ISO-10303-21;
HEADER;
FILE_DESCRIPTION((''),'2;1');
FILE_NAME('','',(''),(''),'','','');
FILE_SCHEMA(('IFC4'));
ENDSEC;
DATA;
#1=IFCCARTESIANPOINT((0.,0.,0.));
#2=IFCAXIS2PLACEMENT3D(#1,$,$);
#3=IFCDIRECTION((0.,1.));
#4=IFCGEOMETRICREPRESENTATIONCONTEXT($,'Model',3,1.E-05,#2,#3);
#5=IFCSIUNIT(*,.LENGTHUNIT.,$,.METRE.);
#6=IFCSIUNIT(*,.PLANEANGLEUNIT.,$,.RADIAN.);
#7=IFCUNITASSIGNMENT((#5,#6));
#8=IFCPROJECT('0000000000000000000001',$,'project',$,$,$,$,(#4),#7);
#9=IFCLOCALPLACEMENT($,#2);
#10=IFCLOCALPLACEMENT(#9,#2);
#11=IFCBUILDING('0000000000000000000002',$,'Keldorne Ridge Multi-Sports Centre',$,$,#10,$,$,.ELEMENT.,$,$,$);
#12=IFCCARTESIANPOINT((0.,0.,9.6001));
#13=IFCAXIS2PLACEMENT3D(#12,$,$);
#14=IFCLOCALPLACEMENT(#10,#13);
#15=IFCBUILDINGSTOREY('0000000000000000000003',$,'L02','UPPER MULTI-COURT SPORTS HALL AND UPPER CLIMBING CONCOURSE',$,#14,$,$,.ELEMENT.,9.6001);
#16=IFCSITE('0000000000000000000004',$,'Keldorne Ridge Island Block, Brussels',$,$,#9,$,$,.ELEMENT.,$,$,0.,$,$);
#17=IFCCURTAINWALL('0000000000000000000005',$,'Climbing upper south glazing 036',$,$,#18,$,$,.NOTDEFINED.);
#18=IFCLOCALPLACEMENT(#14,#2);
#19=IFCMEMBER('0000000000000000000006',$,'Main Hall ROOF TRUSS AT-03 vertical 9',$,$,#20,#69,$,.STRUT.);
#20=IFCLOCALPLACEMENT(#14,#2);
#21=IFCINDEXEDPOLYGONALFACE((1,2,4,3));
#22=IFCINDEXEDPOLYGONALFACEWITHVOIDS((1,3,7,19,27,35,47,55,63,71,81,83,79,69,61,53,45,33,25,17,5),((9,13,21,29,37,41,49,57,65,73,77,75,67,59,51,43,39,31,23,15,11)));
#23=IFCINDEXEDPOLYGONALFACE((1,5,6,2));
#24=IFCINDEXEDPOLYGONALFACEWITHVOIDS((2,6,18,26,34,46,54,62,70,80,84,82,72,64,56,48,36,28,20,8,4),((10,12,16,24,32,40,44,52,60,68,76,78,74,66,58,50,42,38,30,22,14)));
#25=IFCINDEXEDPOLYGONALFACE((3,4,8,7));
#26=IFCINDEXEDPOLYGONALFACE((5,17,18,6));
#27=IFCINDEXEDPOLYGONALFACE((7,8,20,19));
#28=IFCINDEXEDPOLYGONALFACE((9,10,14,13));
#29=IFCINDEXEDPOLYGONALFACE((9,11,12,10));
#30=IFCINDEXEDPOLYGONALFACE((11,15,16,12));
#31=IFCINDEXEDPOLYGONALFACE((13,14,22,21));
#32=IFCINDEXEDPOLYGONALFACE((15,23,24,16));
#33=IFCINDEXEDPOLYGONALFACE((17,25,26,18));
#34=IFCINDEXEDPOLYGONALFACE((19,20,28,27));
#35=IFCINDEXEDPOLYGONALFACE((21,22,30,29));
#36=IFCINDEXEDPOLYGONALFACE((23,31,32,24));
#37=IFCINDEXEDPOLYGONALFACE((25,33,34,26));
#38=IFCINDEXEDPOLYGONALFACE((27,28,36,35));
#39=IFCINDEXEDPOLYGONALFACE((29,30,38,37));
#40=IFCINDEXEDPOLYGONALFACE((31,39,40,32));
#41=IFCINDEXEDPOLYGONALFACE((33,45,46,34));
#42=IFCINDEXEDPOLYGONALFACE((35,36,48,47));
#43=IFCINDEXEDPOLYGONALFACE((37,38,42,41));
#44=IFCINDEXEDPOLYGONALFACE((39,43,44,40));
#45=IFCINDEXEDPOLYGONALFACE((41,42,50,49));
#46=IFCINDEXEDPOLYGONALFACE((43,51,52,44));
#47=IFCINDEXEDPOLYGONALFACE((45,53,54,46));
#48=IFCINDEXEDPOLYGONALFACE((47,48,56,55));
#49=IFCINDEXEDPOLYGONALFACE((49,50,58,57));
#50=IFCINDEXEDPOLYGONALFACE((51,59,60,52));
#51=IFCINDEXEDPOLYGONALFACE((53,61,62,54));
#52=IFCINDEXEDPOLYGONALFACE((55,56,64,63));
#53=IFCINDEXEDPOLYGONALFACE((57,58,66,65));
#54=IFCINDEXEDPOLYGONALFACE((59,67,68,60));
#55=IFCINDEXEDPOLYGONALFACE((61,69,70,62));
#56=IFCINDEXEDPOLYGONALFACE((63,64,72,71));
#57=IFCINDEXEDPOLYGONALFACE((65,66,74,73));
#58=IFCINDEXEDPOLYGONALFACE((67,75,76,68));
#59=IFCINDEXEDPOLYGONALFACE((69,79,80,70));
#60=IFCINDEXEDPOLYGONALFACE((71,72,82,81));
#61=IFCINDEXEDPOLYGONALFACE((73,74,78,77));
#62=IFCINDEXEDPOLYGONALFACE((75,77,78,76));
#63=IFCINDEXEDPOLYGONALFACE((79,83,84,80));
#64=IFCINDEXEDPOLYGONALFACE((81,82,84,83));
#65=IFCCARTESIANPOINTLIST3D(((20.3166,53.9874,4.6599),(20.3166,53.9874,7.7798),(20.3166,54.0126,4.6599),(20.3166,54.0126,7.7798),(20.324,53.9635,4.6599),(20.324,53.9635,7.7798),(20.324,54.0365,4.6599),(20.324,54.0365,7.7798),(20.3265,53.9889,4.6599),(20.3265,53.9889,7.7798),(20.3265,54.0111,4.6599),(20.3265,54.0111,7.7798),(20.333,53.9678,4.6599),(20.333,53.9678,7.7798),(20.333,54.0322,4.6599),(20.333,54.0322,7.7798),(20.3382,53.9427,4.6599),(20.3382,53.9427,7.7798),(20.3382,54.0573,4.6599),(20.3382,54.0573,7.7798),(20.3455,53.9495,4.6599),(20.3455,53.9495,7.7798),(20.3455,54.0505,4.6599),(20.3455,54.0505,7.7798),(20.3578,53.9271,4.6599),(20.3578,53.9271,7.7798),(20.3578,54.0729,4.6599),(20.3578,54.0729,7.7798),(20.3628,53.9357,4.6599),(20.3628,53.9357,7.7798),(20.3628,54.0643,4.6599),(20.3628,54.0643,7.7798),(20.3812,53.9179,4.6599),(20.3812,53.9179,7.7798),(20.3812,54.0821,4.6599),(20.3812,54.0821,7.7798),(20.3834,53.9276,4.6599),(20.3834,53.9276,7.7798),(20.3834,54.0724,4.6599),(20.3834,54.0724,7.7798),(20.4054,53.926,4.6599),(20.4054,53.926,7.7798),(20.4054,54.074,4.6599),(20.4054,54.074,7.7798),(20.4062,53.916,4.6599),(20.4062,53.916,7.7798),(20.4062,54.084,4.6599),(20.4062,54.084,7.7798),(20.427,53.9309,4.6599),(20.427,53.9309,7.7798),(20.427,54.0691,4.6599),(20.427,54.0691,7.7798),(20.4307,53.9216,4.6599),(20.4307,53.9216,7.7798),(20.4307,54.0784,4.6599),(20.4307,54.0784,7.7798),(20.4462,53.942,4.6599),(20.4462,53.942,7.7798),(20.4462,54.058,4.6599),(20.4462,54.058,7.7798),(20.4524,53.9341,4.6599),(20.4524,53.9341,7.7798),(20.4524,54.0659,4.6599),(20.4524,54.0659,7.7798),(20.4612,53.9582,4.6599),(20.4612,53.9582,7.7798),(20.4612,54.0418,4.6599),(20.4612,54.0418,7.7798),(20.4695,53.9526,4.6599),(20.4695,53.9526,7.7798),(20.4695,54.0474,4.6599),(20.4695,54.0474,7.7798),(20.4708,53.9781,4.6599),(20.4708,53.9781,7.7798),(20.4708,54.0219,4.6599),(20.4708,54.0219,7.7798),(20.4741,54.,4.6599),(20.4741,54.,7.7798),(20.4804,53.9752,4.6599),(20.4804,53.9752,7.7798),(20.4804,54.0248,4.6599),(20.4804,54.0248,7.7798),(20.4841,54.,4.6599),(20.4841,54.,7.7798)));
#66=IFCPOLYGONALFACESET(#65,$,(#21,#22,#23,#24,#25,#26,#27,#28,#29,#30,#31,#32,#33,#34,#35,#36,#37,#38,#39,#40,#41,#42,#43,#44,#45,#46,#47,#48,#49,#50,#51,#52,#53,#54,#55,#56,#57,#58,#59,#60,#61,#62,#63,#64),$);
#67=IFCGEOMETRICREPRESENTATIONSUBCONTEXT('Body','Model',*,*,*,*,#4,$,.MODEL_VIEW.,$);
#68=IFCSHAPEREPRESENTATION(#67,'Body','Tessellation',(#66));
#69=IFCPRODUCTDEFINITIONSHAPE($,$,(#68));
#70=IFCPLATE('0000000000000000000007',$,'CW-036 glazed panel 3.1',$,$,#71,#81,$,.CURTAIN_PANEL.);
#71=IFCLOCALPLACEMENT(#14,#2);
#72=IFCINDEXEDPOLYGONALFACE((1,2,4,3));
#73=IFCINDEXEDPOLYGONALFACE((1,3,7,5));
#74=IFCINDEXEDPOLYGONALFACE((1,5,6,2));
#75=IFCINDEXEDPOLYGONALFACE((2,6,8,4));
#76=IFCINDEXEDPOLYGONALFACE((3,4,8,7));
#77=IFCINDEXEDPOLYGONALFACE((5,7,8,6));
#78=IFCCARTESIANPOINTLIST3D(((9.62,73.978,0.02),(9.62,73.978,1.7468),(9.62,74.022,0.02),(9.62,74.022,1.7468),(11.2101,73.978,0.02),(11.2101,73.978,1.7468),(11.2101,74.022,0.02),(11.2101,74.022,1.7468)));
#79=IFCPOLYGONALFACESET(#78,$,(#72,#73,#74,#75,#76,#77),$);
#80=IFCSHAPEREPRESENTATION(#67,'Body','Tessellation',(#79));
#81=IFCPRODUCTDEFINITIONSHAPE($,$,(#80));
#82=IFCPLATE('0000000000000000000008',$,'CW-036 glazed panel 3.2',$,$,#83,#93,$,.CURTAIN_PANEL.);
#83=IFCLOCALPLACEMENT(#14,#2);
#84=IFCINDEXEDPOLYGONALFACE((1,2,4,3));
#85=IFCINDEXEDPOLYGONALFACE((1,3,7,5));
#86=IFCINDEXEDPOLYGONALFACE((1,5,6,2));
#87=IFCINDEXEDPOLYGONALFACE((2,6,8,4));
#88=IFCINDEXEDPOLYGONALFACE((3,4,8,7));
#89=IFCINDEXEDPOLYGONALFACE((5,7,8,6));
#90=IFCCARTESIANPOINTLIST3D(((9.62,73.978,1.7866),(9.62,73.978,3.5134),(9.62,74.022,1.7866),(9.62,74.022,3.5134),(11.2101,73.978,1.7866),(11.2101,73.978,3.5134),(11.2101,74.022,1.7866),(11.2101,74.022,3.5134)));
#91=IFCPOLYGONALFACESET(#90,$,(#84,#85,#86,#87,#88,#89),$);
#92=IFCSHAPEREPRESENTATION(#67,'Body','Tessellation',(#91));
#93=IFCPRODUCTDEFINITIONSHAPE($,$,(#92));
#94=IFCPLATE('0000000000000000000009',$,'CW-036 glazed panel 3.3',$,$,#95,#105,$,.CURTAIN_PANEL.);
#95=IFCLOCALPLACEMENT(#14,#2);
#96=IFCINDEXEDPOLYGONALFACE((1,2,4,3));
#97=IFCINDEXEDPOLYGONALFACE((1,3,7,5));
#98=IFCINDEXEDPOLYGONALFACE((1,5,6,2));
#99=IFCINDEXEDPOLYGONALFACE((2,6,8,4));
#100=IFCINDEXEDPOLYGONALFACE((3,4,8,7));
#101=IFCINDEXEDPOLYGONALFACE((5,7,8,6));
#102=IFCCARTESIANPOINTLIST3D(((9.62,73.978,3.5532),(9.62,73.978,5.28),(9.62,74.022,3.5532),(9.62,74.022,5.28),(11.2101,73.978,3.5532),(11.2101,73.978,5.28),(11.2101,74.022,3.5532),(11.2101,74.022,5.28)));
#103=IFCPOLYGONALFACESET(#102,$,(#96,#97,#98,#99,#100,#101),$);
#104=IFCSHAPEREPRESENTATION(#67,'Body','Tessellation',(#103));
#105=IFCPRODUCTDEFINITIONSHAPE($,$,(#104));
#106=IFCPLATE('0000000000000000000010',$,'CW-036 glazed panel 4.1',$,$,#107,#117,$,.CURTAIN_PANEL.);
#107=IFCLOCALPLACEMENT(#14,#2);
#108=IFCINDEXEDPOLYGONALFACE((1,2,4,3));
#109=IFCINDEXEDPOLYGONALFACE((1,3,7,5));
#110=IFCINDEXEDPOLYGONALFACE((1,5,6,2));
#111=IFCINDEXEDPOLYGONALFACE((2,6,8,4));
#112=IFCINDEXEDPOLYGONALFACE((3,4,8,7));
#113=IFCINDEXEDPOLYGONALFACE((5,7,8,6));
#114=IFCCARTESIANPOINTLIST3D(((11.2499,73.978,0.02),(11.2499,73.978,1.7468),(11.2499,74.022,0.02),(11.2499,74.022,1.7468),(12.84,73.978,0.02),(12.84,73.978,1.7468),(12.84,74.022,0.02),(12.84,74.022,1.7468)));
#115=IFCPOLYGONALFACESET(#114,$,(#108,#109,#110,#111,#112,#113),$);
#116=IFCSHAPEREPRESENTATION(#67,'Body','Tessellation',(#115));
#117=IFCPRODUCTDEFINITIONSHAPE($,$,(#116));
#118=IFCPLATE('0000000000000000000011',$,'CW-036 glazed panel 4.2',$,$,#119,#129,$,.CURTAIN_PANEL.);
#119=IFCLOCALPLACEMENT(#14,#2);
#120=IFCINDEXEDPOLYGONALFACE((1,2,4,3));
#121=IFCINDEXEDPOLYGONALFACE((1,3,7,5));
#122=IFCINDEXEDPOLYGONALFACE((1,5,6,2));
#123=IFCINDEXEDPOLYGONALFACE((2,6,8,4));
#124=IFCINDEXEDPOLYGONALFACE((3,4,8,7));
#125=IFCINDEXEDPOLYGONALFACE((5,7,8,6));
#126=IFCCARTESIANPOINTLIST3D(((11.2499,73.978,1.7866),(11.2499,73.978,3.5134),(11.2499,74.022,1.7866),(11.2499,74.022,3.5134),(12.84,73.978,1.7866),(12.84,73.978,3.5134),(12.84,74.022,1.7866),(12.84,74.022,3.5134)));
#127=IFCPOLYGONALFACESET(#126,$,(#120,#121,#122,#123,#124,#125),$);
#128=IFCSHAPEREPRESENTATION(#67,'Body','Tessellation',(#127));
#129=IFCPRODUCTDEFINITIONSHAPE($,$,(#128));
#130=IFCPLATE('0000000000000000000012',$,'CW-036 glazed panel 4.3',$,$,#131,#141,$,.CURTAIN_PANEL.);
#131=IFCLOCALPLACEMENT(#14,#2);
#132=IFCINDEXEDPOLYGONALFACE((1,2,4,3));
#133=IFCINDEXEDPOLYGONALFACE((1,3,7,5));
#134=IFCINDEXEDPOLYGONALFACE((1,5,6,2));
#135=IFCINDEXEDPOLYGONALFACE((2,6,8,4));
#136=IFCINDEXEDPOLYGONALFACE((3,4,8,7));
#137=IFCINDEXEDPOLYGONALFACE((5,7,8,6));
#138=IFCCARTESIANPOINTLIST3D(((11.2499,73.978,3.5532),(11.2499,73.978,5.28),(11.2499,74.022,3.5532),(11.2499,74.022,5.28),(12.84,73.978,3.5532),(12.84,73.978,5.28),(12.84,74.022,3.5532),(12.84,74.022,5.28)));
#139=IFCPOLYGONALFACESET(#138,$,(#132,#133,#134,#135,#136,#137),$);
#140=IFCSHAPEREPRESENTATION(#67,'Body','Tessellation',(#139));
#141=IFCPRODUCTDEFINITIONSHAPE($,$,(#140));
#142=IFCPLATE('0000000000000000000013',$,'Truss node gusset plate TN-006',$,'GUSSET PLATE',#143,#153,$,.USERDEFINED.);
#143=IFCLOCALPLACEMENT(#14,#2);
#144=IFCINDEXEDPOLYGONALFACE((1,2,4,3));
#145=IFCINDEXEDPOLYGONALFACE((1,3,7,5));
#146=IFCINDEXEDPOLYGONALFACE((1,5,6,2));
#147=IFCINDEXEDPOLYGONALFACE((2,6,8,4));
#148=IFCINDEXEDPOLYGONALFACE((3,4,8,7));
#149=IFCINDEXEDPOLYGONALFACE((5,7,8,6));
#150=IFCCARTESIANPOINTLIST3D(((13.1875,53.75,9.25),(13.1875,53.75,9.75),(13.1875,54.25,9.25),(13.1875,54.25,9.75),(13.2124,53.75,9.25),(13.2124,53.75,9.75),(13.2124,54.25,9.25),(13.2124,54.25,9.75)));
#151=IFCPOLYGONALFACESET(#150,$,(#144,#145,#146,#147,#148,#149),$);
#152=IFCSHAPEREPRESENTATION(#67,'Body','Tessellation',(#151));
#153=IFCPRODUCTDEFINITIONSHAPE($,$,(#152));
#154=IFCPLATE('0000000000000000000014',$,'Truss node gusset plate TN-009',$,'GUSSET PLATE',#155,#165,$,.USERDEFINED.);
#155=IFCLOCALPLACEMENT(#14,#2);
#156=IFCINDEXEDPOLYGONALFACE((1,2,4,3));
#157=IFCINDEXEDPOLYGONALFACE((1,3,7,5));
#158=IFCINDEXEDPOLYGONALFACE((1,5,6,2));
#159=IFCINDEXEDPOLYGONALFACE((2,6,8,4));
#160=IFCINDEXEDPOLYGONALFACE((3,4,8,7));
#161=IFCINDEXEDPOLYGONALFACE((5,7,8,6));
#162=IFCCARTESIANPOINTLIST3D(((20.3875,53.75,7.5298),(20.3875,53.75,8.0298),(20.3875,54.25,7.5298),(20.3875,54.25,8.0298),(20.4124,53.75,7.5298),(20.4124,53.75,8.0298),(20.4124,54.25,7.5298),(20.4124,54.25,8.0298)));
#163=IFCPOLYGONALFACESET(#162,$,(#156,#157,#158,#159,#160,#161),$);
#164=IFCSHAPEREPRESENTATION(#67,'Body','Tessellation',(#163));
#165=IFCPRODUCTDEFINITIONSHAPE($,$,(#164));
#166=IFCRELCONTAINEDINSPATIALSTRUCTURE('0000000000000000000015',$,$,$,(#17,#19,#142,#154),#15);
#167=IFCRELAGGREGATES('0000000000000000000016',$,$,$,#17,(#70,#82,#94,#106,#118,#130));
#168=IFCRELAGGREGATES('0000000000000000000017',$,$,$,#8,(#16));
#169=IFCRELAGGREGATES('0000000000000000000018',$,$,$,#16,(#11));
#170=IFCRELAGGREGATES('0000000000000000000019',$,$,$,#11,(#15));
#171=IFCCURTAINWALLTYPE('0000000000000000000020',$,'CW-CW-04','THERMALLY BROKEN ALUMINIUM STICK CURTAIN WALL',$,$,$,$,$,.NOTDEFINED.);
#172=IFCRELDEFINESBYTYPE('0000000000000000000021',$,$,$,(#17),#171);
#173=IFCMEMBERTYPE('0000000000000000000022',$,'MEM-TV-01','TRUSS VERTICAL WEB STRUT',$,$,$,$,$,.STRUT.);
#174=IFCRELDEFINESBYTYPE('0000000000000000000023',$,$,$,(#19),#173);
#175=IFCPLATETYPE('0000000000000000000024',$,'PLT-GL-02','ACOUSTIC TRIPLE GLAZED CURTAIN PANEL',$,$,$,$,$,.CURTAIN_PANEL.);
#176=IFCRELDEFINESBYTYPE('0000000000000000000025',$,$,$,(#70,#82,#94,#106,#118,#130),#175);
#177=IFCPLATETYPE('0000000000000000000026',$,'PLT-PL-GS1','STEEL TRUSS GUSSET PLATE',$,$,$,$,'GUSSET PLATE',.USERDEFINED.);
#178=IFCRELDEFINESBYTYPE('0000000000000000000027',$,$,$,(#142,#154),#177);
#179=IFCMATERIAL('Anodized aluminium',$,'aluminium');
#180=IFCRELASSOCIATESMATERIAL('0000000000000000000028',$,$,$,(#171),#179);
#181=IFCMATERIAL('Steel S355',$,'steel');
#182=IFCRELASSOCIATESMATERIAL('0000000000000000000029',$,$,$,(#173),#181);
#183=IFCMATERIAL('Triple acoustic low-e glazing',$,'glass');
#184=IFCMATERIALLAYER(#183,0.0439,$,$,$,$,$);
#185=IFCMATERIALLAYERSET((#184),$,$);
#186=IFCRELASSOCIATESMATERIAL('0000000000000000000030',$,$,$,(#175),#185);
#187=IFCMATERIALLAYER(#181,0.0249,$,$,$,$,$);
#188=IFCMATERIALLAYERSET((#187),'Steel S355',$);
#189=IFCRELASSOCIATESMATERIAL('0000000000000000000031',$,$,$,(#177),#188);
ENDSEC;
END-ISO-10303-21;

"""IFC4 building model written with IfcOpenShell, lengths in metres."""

from ifc_helpers import new_model, si_unit, direction, frame, origin, origin_2d, place, context, subcontext, project, spatial, rectangle, hollow_circle, extrude, material, layer, layer_set, material_profile, profile_set, type_object, element, aggregate, save


model = new_model("IFC4")

# Units and contexts
model_context = context("Model", 3, precision=1e-05, world=origin(), true_north=direction((0.0, 1.0)))
body_context = subcontext(model_context, "Body", "Model", "MODEL_VIEW")
ifc_project = project(units=[si_unit("LENGTHUNIT", "METRE"), si_unit("PLANEANGLEUNIT", "RADIAN")], contexts=[model_context])

# Site, building, storey
site_placement = place(None, origin())
site = spatial("IfcSite", under=ifc_project, at=site_placement, Name="Keldorne Ridge Island Block, Brussels", CompositionType="ELEMENT", RefElevation=0.0)
building_placement = place(site_placement, origin())
building = spatial("IfcBuilding", under=site, at=building_placement, Name="Keldorne Ridge Multi-Sports Centre", CompositionType="ELEMENT")
storey_placement = place(building_placement, frame((0.0, 0.0, 9.6001)))
storey = spatial("IfcBuildingStorey", under=building, at=storey_placement, Name="L02", Description="UPPER MULTI-COURT SPORTS HALL AND UPPER CLIMBING CONCOURSE", CompositionType="ELEMENT", Elevation=9.6001)

# Shared definitions
ifc_material_1 = material(Name="Steel S355", Category="steel")

# Curtain wall
ifc_material_2 = material(Name="Anodized aluminium", Category="aluminium")
curtain_wall_type = type_object("IfcCurtainWallType", Name="CW-CW-04", Description="THERMALLY BROKEN ALUMINIUM STICK CURTAIN WALL", PredefinedType="NOTDEFINED", material=ifc_material_2)
curtain_wall_placement = place(storey_placement, origin())
curtain_wall = element("IfcCurtainWall", 1, at=curtain_wall_placement, inside=storey, type_object=curtain_wall_type, Name="Climbing upper south glazing 036", PredefinedType="NOTDEFINED")

# Member
ifc_material_profile_1 = material_profile(ifc_material_1, hollow_circle(Radius=0.0842, WallThickness=0.01, at=origin_2d()), Name="CHS 168.3x10")
ifc_profile_set_1 = profile_set([ifc_material_profile_1], Name="Steel S355")
member_type_1 = type_object("IfcMemberType", Name="MEM-TV-01", Description="TRUSS VERTICAL WEB STRUT", PredefinedType="STRUT", material=ifc_profile_set_1)
for number, where, z_axis, x_axis, name in (
    (2, (20.3999, 54.0, 4.6599), (0.0, 0.0, 1.0), (1.0, 0.0, 0.0), "Main Hall ROOF TRUSS AT-03 vertical 9"),
):
    element("IfcMember", number, at=place(storey_placement, frame(where, z_axis=z_axis, x_axis=x_axis)), inside=storey, type_object=member_type_1, Name=name, PredefinedType="STRUT", context=body_context, shape_type="SweptSolid", body=[
        extrude(hollow_circle(Radius=0.0842, WallThickness=0.01, at=origin_2d()), origin(), (0.0, 0.0, 1.0), 3.1199),
    ])

# Plates
ifc_material_3 = material(Name="Triple acoustic low-e glazing", Category="glass")
ifc_layer_1 = layer(ifc_material_3, 0.0439)
ifc_layer_set_1 = layer_set([ifc_layer_1])
plate_type_1 = type_object("IfcPlateType", Name="PLT-GL-02", Description="ACOUSTIC TRIPLE GLAZED CURTAIN PANEL", PredefinedType="CURTAIN_PANEL", material=ifc_layer_set_1)
plate_1_placement = place(storey_placement, frame((10.415, 74.0, 0.02), z_axis=(0.0, 0.0, 1.0), x_axis=(1.0, 0.0, 0.0)))
plate_1 = element("IfcPlate", 3, at=plate_1_placement, type_object=plate_type_1, Name="CW-036 glazed panel 3.1", PredefinedType="CURTAIN_PANEL", context=body_context, shape_type="SweptSolid", body=[
    extrude(rectangle(XDim=1.5901, YDim=0.0439, at=origin_2d()), origin(), (0.0, 0.0, 1.0), 1.7268),
])
plate_2_placement = place(storey_placement, frame((10.415, 74.0, 1.7866), z_axis=(0.0, 0.0, 1.0), x_axis=(1.0, 0.0, 0.0)))
plate_2 = element("IfcPlate", 4, at=plate_2_placement, type_object=plate_type_1, Name="CW-036 glazed panel 3.2", PredefinedType="CURTAIN_PANEL", context=body_context, shape_type="SweptSolid", body=[
    extrude(rectangle(XDim=1.5901, YDim=0.0439, at=origin_2d()), origin(), (0.0, 0.0, 1.0), 1.7268),
])
plate_3_placement = place(storey_placement, frame((10.415, 74.0, 3.5532), z_axis=(0.0, 0.0, 1.0), x_axis=(1.0, 0.0, 0.0)))
plate_3 = element("IfcPlate", 5, at=plate_3_placement, type_object=plate_type_1, Name="CW-036 glazed panel 3.3", PredefinedType="CURTAIN_PANEL", context=body_context, shape_type="SweptSolid", body=[
    extrude(rectangle(XDim=1.5901, YDim=0.0439, at=origin_2d()), origin(), (0.0, 0.0, 1.0), 1.7268),
])
plate_4_placement = place(storey_placement, frame((12.0449, 74.0, 0.02), z_axis=(0.0, 0.0, 1.0), x_axis=(1.0, 0.0, 0.0)))
plate_4 = element("IfcPlate", 6, at=plate_4_placement, type_object=plate_type_1, Name="CW-036 glazed panel 4.1", PredefinedType="CURTAIN_PANEL", context=body_context, shape_type="SweptSolid", body=[
    extrude(rectangle(XDim=1.5901, YDim=0.0439, at=origin_2d()), origin(), (0.0, 0.0, 1.0), 1.7268),
])
plate_5_placement = place(storey_placement, frame((12.0449, 74.0, 1.7866), z_axis=(0.0, 0.0, 1.0), x_axis=(1.0, 0.0, 0.0)))
plate_5 = element("IfcPlate", 7, at=plate_5_placement, type_object=plate_type_1, Name="CW-036 glazed panel 4.2", PredefinedType="CURTAIN_PANEL", context=body_context, shape_type="SweptSolid", body=[
    extrude(rectangle(XDim=1.5901, YDim=0.0439, at=origin_2d()), origin(), (0.0, 0.0, 1.0), 1.7268),
])
plate_6_placement = place(storey_placement, frame((12.0449, 74.0, 3.5532), z_axis=(0.0, 0.0, 1.0), x_axis=(1.0, 0.0, 0.0)))
plate_6 = element("IfcPlate", 8, at=plate_6_placement, type_object=plate_type_1, Name="CW-036 glazed panel 4.3", PredefinedType="CURTAIN_PANEL", context=body_context, shape_type="SweptSolid", body=[
    extrude(rectangle(XDim=1.5901, YDim=0.0439, at=origin_2d()), origin(), (0.0, 0.0, 1.0), 1.7268),
])
aggregate(curtain_wall, [plate_1, plate_2, plate_3, plate_4, plate_5, plate_6])

# Plates
ifc_layer_2 = layer(ifc_material_1, 0.0249)
ifc_layer_set_2 = layer_set([ifc_layer_2], Name="Steel S355")
plate_type_2 = type_object("IfcPlateType", Name="PLT-PL-GS1", Description="STEEL TRUSS GUSSET PLATE", ElementType="GUSSET PLATE", PredefinedType="USERDEFINED", material=ifc_layer_set_2)
for number, where, z_axis, x_axis, name in (
    (9, (13.2, 54.0, 9.25), (0.0, 0.0, 1.0), (1.0, 0.0, 0.0), "Truss node gusset plate TN-006"),
    (10, (20.3999, 54.0, 7.5298), (0.0, 0.0, 1.0), (1.0, 0.0, 0.0), "Truss node gusset plate TN-009"),
):
    element("IfcPlate", number, at=place(storey_placement, frame(where, z_axis=z_axis, x_axis=x_axis)), inside=storey, type_object=plate_type_2, Name=name, ObjectType="GUSSET PLATE", PredefinedType="USERDEFINED", context=body_context, shape_type="SweptSolid", body=[
        extrude(rectangle(XDim=0.0249, YDim=0.5, at=origin_2d()), origin(), (0.0, 0.0, 1.0), 0.5),
    ])

save(model, "model.ifc")
